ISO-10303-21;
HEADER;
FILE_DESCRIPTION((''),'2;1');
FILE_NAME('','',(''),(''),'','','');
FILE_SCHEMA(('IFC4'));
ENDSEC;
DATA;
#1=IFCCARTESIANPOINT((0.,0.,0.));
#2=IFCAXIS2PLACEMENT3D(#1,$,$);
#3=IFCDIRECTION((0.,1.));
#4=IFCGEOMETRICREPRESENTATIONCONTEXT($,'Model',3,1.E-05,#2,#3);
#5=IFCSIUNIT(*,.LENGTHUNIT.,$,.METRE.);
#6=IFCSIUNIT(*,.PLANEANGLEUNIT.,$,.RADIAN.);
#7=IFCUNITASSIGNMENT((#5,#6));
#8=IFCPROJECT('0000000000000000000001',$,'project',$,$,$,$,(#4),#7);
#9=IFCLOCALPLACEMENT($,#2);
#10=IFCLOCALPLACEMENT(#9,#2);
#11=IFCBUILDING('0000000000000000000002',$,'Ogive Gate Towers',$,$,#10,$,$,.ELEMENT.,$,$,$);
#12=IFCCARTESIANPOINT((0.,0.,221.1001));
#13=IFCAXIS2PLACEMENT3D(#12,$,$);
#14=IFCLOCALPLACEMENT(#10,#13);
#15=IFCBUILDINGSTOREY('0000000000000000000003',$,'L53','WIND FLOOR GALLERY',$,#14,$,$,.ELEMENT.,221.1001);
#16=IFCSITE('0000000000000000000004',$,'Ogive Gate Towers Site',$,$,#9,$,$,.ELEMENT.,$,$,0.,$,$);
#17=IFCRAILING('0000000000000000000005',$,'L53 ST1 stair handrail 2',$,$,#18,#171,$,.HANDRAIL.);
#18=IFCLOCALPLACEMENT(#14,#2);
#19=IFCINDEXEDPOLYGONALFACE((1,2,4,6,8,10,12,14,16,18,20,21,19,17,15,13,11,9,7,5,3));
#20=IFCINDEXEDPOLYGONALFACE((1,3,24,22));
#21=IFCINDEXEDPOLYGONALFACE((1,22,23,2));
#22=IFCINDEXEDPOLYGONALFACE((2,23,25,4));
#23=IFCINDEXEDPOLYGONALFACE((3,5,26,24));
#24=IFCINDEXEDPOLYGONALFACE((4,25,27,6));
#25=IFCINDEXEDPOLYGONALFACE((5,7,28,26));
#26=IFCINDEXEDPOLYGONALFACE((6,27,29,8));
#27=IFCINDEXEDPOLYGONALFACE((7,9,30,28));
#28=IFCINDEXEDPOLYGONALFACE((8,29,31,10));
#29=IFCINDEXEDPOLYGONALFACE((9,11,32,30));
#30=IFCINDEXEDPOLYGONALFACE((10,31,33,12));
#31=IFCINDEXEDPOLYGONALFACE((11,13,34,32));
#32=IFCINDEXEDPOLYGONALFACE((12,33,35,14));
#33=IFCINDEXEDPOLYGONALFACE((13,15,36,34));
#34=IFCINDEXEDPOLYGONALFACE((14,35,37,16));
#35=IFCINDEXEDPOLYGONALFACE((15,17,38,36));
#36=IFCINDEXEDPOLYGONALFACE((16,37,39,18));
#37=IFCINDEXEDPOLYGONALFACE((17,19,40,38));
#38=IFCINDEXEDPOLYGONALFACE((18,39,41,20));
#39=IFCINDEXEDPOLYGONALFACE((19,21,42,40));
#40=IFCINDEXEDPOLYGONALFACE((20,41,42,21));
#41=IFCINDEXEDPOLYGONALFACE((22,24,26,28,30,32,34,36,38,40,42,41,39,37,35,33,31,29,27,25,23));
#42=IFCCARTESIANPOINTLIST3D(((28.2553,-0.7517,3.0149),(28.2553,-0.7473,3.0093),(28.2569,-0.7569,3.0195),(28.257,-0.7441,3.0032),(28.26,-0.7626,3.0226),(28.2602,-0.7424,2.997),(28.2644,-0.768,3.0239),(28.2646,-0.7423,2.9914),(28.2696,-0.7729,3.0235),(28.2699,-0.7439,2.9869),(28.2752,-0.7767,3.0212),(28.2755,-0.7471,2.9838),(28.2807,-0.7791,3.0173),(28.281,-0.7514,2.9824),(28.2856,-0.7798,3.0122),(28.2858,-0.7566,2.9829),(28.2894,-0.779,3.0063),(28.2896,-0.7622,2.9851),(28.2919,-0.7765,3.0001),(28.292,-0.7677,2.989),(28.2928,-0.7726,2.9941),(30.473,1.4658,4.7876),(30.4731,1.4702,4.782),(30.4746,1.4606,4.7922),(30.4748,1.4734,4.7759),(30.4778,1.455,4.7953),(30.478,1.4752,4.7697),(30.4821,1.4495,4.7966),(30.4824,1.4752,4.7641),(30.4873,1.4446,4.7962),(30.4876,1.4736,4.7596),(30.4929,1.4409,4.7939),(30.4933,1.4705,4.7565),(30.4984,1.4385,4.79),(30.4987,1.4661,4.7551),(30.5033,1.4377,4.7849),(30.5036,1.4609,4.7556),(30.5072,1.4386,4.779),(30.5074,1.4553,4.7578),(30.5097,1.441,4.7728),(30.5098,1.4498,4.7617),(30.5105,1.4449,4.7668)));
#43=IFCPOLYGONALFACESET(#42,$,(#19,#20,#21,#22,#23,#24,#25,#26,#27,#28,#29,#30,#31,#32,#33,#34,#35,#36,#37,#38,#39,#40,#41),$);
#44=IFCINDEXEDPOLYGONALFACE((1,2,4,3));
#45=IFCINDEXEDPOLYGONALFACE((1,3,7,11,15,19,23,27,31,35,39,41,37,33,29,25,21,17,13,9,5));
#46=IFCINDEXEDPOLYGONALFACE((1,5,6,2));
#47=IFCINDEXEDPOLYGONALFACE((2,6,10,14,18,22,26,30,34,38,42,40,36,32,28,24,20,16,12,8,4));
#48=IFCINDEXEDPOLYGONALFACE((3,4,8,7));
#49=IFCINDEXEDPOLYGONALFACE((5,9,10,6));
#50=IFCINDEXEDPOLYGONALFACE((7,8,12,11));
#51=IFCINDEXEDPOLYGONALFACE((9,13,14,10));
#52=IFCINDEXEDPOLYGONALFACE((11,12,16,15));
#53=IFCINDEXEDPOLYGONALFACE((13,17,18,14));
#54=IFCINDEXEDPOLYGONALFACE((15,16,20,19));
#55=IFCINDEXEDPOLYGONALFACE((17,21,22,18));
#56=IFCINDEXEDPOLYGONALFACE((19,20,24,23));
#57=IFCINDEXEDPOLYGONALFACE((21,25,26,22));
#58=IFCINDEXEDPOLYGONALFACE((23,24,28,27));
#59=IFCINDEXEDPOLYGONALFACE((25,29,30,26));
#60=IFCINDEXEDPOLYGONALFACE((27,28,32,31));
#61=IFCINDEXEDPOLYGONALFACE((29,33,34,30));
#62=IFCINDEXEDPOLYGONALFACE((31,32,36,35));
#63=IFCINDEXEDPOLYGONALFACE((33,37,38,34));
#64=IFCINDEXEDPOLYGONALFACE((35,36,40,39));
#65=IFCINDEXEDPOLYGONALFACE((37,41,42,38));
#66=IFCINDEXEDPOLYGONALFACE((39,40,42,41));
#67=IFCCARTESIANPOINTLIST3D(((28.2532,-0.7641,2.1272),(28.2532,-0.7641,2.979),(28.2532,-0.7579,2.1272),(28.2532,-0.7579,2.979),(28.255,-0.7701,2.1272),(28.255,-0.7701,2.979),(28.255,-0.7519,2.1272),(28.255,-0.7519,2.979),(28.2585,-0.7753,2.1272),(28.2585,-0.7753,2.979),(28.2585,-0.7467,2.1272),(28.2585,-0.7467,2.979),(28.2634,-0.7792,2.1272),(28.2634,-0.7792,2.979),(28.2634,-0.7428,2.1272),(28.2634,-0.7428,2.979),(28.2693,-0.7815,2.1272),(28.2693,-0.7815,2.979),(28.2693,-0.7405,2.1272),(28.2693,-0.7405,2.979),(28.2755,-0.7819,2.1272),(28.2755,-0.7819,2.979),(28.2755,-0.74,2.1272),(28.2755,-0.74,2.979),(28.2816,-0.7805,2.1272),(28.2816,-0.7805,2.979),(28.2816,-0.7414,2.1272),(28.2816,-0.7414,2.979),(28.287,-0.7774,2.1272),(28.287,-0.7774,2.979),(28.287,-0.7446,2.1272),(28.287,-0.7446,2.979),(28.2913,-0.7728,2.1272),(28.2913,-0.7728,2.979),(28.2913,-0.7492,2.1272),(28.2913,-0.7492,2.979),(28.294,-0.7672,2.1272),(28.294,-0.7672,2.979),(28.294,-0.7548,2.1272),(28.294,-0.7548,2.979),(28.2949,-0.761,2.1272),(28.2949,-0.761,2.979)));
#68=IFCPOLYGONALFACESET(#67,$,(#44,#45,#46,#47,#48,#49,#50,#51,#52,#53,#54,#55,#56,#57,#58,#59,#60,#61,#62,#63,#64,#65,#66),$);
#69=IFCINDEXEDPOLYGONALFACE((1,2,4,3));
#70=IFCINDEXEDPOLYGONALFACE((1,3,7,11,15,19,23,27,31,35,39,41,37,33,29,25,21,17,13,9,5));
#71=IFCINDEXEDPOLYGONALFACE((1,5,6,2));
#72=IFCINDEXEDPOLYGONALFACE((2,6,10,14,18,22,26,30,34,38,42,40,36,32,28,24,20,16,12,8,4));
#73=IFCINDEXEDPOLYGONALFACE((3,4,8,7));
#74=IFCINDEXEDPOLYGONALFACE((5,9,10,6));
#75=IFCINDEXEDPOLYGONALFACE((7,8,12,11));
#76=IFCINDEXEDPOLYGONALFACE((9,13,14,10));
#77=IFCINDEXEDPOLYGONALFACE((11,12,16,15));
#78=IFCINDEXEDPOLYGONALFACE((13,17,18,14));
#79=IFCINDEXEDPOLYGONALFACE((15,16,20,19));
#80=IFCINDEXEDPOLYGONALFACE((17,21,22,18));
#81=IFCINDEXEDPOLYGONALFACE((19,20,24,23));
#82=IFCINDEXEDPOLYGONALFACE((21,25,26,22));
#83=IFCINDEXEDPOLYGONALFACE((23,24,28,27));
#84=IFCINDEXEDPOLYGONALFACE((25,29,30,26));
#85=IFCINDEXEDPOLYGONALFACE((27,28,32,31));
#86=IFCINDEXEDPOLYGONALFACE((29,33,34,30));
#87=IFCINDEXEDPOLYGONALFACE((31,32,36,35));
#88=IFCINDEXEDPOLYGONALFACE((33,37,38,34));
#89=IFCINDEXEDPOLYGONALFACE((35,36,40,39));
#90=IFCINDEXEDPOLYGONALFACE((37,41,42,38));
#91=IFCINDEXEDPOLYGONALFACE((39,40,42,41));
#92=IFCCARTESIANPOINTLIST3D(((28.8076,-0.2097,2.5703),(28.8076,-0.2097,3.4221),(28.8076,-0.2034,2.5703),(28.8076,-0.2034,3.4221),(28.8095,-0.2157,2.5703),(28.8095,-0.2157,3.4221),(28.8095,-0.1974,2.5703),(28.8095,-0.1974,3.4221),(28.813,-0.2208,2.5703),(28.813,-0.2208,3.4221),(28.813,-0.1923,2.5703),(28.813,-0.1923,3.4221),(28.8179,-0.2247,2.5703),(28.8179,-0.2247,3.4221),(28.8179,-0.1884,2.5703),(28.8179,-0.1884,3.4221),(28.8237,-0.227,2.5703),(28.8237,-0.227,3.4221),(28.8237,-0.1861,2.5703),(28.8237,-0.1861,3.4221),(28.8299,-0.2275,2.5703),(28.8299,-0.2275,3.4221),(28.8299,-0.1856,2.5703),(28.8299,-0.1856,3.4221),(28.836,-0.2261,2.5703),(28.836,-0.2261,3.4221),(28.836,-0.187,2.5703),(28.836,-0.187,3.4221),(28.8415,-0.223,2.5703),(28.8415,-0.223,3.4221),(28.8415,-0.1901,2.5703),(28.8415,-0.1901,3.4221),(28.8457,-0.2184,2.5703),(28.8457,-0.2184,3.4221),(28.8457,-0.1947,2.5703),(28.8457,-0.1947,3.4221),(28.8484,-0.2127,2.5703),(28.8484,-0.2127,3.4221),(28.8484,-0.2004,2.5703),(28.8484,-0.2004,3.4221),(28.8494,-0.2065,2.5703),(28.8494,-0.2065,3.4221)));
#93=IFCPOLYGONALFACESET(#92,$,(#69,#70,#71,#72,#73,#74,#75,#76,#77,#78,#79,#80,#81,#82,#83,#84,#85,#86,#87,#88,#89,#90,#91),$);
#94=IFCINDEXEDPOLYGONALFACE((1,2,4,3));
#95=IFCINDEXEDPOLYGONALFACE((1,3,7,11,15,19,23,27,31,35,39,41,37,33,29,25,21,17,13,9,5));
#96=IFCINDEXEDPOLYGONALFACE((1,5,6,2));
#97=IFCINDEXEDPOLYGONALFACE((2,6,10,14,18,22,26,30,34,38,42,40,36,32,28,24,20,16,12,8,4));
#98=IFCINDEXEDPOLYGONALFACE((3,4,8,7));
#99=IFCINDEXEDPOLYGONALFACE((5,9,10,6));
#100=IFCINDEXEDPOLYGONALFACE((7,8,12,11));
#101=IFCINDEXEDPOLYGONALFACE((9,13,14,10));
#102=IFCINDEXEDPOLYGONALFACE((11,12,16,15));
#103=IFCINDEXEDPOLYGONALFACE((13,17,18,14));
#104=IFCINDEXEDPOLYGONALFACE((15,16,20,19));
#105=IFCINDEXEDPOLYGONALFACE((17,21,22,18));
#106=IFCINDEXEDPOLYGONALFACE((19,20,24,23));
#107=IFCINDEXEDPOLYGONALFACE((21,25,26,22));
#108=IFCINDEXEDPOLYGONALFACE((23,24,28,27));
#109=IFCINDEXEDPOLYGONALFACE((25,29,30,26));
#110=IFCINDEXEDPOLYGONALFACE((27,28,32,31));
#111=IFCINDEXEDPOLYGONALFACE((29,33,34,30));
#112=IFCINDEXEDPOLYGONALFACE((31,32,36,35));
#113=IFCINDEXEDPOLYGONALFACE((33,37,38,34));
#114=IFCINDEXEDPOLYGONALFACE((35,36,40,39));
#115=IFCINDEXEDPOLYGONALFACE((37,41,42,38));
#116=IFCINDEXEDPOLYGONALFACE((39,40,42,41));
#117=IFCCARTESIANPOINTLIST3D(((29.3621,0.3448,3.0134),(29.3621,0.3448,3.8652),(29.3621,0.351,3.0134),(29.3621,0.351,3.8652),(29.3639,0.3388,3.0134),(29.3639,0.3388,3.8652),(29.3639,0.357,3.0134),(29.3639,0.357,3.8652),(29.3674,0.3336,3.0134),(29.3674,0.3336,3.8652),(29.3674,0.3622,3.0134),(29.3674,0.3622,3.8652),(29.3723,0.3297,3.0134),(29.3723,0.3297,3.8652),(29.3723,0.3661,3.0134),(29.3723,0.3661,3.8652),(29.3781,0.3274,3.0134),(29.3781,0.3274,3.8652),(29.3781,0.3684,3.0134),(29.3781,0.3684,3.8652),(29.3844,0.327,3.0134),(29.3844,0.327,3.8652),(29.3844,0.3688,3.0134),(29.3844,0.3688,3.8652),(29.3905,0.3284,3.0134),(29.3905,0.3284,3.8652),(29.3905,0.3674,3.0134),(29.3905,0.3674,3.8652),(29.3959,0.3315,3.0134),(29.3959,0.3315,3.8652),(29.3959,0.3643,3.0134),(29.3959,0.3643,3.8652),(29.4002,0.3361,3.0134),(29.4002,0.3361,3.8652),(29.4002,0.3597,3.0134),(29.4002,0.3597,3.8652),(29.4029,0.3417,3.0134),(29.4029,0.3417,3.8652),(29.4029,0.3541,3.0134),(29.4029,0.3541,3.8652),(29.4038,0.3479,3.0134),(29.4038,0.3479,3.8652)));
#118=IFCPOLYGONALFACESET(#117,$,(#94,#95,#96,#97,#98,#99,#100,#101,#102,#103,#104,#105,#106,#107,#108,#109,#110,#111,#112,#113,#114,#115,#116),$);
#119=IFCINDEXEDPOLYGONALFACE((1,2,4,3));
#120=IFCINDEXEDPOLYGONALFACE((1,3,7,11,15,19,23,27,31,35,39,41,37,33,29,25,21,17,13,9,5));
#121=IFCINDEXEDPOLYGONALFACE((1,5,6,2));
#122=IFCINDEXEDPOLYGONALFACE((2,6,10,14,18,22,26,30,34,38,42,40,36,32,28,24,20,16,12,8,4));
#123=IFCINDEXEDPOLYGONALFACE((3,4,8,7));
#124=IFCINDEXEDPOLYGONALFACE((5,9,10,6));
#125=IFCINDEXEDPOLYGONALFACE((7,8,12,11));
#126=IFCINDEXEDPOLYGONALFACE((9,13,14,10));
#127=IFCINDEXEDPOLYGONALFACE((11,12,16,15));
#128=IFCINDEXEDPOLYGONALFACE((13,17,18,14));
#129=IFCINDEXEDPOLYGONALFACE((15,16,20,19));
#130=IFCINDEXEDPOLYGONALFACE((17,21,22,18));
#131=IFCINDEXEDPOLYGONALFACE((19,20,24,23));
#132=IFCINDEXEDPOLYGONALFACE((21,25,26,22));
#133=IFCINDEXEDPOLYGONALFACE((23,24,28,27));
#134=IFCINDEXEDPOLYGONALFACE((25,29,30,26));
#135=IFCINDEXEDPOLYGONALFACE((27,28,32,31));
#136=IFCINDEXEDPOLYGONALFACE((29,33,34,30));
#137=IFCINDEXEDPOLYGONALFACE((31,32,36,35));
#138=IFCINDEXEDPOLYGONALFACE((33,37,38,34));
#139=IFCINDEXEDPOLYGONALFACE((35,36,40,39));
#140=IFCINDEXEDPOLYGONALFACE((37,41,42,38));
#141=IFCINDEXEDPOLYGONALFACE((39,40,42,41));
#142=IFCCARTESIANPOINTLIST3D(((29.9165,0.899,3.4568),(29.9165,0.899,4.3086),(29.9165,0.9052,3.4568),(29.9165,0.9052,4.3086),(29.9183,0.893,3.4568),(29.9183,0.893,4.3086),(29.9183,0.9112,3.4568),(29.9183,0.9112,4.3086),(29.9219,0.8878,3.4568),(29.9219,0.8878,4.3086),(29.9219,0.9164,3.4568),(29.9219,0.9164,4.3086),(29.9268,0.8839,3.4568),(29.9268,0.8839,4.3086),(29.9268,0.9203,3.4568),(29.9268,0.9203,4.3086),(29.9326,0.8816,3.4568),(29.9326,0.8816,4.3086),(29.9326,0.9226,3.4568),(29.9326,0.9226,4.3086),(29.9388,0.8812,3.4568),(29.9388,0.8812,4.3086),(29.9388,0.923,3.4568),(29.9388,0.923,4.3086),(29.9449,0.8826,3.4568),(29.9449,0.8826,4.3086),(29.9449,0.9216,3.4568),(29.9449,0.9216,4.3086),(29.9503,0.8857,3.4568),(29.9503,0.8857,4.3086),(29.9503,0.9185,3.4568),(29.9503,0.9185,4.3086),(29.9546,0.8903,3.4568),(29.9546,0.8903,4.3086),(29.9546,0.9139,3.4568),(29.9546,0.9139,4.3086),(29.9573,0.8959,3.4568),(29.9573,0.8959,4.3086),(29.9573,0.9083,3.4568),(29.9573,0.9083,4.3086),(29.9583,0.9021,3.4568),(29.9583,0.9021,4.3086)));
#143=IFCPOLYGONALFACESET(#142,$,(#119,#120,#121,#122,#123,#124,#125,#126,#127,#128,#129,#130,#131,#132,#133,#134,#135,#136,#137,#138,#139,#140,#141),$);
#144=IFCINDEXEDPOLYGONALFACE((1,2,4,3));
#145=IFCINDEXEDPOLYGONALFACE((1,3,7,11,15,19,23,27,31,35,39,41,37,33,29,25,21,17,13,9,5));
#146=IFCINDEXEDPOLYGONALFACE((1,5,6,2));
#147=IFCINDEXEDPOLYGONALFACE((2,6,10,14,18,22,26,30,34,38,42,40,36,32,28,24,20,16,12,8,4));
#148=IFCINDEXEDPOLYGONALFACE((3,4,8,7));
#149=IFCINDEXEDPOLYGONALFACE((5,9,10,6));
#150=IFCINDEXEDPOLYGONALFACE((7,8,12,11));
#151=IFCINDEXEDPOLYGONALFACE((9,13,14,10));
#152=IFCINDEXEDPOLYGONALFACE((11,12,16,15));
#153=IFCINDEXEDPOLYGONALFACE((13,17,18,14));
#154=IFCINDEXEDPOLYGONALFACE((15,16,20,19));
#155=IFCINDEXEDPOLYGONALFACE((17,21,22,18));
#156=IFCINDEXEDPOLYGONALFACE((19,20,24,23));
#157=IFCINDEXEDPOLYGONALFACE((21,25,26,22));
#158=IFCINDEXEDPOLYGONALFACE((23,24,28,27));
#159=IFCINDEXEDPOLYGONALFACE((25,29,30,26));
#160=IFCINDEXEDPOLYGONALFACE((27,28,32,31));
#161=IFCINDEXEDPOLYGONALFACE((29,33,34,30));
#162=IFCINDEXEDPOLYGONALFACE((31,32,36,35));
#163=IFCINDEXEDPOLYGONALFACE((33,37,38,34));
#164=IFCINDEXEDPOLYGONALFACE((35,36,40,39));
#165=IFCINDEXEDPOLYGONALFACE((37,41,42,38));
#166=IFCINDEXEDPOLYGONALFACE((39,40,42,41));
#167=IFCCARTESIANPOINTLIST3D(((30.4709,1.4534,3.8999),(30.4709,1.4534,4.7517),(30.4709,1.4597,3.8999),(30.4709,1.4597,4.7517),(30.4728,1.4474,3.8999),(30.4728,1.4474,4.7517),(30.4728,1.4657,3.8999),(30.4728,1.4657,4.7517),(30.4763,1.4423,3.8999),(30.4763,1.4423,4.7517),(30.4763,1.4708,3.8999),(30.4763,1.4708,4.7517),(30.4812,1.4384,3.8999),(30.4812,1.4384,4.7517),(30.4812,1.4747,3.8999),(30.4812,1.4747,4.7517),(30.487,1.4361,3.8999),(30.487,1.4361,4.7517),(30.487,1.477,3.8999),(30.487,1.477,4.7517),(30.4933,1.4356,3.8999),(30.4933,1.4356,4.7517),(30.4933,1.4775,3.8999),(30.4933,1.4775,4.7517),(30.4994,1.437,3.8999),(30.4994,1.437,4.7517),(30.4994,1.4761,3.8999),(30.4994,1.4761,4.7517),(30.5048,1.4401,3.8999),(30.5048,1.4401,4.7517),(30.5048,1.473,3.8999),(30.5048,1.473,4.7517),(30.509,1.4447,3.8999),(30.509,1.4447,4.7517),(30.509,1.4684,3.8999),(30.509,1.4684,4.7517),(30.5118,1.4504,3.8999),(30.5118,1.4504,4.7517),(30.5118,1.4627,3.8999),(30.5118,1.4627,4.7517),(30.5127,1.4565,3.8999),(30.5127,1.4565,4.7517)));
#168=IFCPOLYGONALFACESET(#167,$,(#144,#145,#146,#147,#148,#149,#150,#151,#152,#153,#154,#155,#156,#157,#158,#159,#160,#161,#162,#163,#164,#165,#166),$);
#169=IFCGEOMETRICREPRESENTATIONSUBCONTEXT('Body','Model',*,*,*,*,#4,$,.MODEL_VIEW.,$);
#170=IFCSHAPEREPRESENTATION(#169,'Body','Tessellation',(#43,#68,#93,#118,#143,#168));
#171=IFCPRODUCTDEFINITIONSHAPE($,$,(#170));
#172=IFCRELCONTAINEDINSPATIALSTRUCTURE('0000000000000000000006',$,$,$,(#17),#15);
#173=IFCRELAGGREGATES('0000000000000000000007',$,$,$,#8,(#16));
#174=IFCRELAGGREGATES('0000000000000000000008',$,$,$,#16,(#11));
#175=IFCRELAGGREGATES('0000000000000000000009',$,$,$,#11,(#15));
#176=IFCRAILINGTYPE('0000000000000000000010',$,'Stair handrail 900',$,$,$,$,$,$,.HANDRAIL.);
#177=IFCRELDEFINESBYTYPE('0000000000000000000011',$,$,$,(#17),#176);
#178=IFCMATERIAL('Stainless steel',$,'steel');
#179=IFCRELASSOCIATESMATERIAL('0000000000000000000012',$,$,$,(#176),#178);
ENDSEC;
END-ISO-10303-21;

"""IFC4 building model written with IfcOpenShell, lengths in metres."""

from ifc_helpers import new_model, si_unit, direction, frame, origin, origin_2d, place, context, subcontext, project, spatial, circle, extrude, material, type_object, element, save


model = new_model("IFC4")

# Units and contexts
model_context = context("Model", 3, precision=1e-05, world=origin(), true_north=direction((0.0, 1.0)))
body_context = subcontext(model_context, "Body", "Model", "MODEL_VIEW")
ifc_project = project(units=[si_unit("LENGTHUNIT", "METRE"), si_unit("PLANEANGLEUNIT", "RADIAN")], contexts=[model_context])

# Site, building, storey
site_placement = place(None, origin())
site = spatial("IfcSite", under=ifc_project, at=site_placement, Name="Ogive Gate Towers Site", CompositionType="ELEMENT", RefElevation=0.0)
building_placement = place(site_placement, origin())
building = spatial("IfcBuilding", under=site, at=building_placement, Name="Ogive Gate Towers", CompositionType="ELEMENT")
storey_placement = place(building_placement, frame((0.0, 0.0, 221.1001)))
storey = spatial("IfcBuildingStorey", under=building, at=storey_placement, Name="L53", Description="WIND FLOOR GALLERY", CompositionType="ELEMENT", Elevation=221.1001)

# Railing
ifc_material_1 = material(Name="Stainless steel", Category="steel")
railing_type_1 = type_object("IfcRailingType", Name="Stair handrail 900", PredefinedType="HANDRAIL", material=ifc_material_1)
for number, where, name in (
    (1, (28.2739, -0.761, 2.1272), "L53 ST1 stair handrail 2"),
):
    element("IfcRailing", number, at=place(storey_placement, frame(where)), inside=storey, type_object=railing_type_1, Name=name, PredefinedType="HANDRAIL", context=body_context, shape_type="SweptSolid", body=[
        extrude(circle(Radius=0.0239, at=origin_2d()), frame((0.0, 0.0, 0.876), z_axis=(0.61561, 0.615543, 0.492068), x_axis=(-0.707068, 0.707146, 0.0)), (0.0, 0.0, 1.0), 3.6025),
        extrude(circle(Radius=0.021, at=origin_2d()), origin(), (0.0, 0.0, 1.0), 0.8518),
        extrude(circle(Radius=0.021, at=origin_2d()), frame((0.5544, 0.5544, 0.4431)), (0.0, 0.0, 1.0), 0.8518),
        extrude(circle(Radius=0.021, at=origin_2d()), frame((1.1089, 1.1089, 0.8862)), (0.0, 0.0, 1.0), 0.8518),
        extrude(circle(Radius=0.021, at=origin_2d()), frame((1.6633, 1.6631, 1.3296)), (0.0, 0.0, 1.0), 0.8518),
        extrude(circle(Radius=0.021, at=origin_2d()), frame((2.2178, 2.2175, 1.7727)), (0.0, 0.0, 1.0), 0.8518),
    ])

save(model, "model.ifc")
